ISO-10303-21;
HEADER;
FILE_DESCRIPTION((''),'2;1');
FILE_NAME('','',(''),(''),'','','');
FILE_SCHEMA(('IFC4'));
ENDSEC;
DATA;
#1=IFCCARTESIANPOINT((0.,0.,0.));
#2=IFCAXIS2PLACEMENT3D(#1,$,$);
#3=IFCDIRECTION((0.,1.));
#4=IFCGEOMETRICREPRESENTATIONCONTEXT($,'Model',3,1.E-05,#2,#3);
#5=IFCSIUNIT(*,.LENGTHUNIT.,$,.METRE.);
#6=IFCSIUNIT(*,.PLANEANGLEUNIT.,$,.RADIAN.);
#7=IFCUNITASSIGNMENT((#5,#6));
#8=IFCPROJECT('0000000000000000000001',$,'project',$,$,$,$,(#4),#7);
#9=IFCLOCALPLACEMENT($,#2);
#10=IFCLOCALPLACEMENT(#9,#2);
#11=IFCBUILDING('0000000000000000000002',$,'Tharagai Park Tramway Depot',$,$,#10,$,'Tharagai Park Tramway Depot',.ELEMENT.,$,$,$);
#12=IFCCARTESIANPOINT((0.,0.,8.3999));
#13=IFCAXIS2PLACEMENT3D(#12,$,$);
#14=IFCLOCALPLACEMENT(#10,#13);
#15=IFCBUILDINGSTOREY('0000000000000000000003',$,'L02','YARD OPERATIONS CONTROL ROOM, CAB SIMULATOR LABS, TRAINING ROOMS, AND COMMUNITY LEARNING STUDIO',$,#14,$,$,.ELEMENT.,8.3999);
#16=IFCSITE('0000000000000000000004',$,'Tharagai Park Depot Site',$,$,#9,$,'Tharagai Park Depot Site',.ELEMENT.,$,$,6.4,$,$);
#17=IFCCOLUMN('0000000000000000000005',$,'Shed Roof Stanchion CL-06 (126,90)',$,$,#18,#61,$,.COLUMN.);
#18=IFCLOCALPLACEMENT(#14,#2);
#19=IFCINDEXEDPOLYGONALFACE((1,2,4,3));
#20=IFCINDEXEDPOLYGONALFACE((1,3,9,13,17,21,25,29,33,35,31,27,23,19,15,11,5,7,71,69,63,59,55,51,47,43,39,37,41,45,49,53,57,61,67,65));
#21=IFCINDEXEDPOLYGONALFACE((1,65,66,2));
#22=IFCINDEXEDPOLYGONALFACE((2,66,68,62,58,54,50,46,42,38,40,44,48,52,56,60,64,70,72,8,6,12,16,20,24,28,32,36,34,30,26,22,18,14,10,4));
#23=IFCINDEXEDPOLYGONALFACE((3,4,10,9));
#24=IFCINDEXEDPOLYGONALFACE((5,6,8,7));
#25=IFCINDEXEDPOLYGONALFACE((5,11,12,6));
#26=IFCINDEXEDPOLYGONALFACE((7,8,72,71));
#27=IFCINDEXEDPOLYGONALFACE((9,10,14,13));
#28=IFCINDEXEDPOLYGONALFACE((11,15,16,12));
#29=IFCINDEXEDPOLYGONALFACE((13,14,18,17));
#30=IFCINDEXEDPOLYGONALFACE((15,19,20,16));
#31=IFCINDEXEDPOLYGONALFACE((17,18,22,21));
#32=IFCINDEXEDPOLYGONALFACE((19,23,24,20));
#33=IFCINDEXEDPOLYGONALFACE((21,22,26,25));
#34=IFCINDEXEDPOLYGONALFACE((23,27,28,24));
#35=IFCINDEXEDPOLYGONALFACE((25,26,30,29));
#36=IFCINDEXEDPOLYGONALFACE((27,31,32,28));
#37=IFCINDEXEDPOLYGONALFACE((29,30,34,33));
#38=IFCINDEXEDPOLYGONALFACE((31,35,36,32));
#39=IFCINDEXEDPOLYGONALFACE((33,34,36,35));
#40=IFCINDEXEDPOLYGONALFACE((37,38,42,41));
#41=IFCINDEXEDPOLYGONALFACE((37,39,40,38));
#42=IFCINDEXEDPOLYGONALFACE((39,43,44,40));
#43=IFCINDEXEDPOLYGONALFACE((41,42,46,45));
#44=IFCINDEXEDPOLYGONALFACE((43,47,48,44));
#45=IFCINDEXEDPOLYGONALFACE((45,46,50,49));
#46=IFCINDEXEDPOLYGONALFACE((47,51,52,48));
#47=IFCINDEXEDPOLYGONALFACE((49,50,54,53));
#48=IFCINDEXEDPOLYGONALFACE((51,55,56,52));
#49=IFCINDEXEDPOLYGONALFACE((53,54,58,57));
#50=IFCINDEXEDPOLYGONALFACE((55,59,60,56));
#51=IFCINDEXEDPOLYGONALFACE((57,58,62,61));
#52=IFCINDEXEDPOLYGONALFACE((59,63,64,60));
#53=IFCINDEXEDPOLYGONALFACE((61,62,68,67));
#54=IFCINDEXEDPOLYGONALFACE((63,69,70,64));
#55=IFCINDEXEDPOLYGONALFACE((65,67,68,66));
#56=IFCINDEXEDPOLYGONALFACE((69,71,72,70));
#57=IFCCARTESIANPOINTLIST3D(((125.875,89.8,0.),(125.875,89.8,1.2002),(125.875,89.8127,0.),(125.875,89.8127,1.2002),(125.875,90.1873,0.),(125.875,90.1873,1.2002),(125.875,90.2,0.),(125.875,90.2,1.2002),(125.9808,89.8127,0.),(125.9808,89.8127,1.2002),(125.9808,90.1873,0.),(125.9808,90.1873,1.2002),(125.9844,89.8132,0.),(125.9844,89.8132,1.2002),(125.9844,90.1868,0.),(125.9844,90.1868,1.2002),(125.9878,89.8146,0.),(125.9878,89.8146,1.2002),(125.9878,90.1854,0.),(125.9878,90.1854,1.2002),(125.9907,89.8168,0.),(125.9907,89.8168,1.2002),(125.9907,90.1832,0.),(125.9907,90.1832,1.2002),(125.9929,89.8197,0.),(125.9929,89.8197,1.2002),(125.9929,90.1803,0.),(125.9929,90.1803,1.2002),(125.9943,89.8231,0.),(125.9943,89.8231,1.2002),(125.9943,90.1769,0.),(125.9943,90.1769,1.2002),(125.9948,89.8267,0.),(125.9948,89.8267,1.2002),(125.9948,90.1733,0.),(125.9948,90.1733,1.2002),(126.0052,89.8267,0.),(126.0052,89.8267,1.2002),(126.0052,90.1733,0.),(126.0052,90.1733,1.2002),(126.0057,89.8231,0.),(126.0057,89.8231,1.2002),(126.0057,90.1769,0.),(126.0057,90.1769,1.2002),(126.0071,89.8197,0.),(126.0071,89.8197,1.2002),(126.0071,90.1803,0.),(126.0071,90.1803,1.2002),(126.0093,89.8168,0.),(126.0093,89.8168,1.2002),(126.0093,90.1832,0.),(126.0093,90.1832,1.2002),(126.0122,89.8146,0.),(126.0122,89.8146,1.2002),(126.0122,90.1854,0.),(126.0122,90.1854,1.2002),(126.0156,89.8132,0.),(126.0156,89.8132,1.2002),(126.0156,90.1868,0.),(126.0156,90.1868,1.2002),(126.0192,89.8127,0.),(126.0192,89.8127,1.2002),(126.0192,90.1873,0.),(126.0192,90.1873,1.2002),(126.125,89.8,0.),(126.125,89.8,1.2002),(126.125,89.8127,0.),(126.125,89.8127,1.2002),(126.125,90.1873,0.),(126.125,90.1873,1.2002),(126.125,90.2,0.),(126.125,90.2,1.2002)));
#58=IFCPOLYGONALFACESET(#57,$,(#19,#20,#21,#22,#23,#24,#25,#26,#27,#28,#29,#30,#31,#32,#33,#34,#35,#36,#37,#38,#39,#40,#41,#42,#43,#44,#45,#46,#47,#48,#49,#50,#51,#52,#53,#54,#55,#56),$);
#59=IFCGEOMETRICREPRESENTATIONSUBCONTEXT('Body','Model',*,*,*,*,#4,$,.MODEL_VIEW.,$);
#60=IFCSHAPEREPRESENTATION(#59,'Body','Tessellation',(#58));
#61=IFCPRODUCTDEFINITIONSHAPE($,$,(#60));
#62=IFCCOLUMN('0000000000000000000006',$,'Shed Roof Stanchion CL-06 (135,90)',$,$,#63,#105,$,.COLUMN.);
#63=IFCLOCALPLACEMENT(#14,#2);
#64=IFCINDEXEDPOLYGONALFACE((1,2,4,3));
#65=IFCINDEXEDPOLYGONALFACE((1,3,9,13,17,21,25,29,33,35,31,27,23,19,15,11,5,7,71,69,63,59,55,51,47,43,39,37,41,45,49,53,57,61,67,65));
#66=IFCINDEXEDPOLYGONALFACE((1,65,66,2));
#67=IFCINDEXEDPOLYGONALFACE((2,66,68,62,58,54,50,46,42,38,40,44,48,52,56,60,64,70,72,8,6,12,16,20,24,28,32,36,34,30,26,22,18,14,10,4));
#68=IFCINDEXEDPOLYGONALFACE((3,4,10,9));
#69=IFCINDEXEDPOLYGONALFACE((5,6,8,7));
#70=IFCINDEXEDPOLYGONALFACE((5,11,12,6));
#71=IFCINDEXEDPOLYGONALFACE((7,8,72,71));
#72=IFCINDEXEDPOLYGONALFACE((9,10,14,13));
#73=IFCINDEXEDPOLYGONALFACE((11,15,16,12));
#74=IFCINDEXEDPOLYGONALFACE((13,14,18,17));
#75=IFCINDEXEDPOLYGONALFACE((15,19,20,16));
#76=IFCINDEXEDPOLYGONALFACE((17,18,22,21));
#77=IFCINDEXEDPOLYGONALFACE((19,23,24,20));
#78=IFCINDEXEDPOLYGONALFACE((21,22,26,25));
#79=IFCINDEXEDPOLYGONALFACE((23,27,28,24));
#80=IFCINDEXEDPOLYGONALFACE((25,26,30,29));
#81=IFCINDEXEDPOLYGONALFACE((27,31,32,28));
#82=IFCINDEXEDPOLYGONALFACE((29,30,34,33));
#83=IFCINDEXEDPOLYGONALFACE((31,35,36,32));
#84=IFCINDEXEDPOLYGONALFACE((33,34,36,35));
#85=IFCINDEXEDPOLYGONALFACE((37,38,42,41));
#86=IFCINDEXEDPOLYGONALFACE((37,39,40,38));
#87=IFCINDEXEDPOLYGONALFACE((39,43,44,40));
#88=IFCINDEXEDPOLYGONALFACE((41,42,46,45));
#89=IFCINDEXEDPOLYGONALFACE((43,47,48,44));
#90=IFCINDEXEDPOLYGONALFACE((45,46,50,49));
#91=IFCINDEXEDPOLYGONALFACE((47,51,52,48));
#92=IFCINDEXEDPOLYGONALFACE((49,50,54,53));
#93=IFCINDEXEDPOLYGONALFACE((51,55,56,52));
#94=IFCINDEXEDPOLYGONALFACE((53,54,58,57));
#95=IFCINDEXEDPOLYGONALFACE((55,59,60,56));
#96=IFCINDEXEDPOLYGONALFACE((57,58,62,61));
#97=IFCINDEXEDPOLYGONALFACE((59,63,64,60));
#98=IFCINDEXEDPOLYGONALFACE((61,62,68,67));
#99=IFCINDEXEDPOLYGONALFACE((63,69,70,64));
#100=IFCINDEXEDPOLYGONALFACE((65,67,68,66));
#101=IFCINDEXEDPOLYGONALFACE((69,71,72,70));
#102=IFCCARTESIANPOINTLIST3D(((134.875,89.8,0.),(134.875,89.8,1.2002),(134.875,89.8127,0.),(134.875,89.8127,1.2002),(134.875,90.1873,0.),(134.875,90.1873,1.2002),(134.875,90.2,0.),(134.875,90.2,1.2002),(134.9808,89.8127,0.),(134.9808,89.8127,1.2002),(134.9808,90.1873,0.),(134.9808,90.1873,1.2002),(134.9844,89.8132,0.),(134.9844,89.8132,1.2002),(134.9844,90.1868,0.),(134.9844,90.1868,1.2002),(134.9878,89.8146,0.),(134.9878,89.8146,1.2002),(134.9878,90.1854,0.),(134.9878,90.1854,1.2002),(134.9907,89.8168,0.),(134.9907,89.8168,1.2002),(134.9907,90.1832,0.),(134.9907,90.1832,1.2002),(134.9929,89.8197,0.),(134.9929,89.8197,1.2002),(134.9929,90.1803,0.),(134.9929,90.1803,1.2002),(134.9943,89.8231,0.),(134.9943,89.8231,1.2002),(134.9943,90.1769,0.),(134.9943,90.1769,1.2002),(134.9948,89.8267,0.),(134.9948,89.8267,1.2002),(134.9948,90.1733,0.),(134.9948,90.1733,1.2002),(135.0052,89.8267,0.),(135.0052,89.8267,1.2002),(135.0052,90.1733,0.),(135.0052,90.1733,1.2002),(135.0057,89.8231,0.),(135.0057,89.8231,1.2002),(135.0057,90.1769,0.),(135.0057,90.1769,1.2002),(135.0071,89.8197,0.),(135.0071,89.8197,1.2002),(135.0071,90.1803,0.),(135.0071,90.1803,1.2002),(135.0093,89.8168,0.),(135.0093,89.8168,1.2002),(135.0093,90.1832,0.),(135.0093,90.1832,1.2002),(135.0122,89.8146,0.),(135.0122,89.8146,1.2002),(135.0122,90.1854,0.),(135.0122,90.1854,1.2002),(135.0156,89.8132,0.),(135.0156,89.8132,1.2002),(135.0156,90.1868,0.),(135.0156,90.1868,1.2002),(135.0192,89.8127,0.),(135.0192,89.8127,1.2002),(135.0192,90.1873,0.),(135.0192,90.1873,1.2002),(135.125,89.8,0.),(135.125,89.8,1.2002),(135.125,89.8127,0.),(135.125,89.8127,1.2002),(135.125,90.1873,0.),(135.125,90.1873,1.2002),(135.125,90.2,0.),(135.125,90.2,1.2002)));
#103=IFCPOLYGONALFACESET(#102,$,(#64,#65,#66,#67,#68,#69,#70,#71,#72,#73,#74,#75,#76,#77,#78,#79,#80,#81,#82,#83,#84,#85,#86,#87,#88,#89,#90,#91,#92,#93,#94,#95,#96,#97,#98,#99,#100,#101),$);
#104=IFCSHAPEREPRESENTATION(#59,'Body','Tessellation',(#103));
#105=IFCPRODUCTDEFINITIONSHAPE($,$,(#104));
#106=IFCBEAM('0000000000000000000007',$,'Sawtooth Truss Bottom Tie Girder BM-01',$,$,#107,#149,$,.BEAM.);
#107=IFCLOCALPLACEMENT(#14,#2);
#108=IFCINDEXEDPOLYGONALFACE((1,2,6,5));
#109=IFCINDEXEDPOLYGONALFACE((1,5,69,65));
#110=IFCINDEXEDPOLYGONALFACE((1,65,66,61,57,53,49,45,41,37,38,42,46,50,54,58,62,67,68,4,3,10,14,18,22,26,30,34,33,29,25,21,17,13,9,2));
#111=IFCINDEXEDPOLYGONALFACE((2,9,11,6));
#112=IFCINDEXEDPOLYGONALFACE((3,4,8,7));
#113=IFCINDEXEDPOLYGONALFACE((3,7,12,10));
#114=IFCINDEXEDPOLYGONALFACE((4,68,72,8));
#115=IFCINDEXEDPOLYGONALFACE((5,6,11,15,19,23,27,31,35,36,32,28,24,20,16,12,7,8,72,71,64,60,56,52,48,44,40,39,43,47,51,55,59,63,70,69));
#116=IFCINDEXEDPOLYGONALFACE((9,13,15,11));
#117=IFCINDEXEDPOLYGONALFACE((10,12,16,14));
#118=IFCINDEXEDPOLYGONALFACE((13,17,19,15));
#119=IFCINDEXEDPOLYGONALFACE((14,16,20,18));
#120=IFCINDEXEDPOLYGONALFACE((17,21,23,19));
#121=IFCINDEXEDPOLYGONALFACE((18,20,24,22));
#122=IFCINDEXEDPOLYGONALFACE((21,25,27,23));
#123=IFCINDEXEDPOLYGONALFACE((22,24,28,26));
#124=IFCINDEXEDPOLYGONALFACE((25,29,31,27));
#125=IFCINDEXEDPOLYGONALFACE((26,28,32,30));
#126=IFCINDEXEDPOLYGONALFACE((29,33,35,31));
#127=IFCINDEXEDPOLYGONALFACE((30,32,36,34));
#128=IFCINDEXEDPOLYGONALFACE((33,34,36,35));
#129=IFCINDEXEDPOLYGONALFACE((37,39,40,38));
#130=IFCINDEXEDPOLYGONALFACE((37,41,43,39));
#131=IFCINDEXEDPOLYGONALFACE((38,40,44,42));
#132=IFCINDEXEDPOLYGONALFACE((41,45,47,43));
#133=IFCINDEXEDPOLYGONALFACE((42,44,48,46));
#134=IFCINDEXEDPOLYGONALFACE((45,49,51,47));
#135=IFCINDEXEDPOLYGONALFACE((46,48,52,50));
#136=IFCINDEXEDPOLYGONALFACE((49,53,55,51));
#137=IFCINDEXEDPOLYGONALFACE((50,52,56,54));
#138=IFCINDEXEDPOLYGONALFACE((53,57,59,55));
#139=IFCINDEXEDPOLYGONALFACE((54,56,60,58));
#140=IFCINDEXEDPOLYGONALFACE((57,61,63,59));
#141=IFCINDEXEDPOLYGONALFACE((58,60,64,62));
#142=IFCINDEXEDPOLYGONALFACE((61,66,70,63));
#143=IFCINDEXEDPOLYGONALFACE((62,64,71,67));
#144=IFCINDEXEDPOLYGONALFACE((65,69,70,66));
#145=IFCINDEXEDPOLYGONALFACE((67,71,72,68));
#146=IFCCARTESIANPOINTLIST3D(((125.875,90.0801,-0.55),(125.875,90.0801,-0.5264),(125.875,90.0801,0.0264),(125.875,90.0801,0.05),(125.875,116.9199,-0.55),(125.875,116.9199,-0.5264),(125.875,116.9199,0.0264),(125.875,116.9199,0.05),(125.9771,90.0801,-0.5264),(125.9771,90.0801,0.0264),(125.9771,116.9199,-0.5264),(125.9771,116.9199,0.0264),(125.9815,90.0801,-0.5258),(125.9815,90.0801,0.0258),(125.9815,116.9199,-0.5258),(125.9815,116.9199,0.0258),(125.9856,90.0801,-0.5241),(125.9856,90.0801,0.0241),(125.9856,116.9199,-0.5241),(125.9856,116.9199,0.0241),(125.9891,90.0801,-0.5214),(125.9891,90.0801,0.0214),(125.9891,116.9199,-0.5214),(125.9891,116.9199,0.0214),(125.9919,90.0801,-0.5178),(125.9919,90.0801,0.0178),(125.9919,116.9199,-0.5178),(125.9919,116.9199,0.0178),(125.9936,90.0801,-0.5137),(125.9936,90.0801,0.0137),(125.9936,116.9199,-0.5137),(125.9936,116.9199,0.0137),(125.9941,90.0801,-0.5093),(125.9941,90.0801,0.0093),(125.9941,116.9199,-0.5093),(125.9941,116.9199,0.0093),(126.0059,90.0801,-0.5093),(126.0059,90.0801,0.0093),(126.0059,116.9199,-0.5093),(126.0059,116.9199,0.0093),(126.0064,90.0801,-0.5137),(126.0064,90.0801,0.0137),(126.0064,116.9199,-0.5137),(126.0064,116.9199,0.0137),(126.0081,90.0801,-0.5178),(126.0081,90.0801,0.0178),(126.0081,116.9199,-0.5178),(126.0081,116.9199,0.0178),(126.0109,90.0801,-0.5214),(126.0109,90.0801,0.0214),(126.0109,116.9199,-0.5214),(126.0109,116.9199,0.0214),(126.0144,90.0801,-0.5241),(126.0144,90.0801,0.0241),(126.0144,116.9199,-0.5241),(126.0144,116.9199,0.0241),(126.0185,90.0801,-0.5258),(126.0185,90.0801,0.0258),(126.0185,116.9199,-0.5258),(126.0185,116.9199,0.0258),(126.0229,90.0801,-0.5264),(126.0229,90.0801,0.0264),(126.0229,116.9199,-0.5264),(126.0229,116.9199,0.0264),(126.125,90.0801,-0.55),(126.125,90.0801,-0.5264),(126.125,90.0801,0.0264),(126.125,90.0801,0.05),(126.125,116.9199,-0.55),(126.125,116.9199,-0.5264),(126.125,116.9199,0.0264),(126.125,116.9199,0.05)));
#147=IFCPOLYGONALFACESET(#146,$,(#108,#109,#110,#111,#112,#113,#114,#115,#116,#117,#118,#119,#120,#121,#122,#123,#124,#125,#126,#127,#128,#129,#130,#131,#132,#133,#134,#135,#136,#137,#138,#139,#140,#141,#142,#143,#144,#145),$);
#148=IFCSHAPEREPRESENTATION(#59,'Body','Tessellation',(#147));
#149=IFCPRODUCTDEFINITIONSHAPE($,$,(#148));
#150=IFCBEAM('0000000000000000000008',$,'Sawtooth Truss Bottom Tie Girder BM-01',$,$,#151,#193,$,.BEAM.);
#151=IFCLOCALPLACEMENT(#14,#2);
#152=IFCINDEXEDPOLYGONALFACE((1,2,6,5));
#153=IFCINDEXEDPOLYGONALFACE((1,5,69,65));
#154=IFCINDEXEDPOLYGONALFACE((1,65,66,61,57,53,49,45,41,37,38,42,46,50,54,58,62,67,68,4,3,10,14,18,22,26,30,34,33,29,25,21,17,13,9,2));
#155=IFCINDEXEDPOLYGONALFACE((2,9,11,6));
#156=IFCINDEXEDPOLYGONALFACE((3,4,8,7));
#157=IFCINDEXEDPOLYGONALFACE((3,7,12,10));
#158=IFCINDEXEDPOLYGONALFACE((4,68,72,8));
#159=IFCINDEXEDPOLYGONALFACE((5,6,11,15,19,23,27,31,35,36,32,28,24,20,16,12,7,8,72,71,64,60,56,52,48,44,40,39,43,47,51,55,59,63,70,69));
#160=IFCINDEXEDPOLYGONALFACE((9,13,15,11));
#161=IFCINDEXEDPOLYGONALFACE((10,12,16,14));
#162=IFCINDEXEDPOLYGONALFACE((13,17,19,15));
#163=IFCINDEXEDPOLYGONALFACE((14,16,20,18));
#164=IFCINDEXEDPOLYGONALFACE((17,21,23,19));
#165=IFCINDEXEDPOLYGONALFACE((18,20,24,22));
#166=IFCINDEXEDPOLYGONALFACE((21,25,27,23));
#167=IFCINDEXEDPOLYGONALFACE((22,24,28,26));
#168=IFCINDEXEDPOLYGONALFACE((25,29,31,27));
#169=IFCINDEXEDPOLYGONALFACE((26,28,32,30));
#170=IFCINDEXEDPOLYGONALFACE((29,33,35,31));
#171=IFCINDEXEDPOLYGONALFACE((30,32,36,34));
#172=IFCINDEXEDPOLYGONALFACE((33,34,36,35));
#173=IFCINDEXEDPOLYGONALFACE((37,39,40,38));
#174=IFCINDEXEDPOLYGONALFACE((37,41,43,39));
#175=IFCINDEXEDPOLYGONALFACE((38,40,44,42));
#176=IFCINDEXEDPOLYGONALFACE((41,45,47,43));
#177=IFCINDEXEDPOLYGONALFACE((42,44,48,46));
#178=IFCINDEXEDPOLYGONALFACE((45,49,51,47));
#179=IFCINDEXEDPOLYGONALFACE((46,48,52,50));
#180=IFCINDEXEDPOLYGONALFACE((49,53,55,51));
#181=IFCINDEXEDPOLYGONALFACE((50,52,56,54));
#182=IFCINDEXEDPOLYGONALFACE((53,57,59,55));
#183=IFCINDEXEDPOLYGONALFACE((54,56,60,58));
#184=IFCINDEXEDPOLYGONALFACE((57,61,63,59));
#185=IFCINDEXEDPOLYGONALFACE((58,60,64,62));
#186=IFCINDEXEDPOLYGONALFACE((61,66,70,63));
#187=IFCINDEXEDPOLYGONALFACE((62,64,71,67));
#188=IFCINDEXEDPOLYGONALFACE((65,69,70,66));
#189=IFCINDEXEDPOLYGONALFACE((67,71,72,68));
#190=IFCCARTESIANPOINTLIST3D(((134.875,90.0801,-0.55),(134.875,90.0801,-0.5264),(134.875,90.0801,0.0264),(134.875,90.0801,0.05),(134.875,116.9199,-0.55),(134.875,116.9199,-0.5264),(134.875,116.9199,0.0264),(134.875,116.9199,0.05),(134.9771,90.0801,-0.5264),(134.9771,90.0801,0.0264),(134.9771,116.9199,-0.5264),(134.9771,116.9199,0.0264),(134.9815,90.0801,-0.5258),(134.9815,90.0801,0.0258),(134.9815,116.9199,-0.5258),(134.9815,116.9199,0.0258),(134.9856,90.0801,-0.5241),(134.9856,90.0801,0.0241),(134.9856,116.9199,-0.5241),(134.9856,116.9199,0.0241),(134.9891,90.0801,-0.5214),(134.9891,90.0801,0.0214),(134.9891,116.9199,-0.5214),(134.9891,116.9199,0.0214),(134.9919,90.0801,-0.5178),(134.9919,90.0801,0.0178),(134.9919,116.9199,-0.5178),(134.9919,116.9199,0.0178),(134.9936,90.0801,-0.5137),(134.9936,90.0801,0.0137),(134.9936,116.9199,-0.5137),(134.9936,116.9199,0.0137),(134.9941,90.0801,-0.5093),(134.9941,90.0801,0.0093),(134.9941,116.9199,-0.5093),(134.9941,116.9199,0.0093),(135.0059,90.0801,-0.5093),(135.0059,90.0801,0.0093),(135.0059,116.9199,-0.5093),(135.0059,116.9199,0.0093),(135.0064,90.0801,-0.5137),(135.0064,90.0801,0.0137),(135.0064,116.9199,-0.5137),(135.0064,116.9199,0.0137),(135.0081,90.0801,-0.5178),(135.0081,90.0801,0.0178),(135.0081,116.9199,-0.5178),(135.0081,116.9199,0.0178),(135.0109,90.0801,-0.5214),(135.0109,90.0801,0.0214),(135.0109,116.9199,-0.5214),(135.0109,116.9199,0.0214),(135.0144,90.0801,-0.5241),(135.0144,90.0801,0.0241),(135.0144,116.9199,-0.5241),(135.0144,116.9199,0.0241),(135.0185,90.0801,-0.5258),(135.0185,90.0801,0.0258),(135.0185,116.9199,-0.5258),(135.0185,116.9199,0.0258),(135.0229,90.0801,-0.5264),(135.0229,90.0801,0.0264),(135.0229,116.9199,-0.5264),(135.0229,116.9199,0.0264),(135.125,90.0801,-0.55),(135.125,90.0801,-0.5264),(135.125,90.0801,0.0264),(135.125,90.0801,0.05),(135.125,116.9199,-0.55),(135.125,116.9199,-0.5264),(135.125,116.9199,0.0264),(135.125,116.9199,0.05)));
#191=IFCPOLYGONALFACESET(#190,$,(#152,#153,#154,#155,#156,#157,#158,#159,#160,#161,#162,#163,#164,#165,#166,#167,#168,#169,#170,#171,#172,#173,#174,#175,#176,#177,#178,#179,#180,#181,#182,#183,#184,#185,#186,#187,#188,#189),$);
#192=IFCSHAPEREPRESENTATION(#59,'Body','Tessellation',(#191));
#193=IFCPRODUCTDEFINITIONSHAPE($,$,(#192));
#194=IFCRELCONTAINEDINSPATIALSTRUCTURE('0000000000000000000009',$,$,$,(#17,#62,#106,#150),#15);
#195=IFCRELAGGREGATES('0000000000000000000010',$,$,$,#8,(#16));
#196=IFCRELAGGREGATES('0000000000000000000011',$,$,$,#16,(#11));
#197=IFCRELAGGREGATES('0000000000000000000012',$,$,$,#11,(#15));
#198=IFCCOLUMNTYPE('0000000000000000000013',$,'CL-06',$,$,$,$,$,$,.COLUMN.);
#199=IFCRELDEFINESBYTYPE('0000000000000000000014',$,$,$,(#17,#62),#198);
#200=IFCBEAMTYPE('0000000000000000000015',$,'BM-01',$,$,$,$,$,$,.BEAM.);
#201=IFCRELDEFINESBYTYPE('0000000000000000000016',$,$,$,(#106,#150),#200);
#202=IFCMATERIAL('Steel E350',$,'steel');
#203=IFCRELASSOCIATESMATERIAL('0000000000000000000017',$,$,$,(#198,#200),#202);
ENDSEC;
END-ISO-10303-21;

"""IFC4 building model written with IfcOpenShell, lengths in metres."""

from ifc_helpers import new_model, si_unit, direction, frame, origin, origin_2d, place, context, subcontext, project, spatial, i_section, extrude, material, material_profile, profile_set, type_object, element, save


model = new_model("IFC4")

# Units and contexts
model_context = context("Model", 3, precision=1e-05, world=origin(), true_north=direction((0.0, 1.0)))
body_context = subcontext(model_context, "Body", "Model", "MODEL_VIEW")
ifc_project = project(units=[si_unit("LENGTHUNIT", "METRE"), si_unit("PLANEANGLEUNIT", "RADIAN")], contexts=[model_context])

# Site, building, storey
site_placement = place(None, origin())
site = spatial("IfcSite", under=ifc_project, at=site_placement, Name="Tharagai Park Depot Site", LongName="Tharagai Park Depot Site", CompositionType="ELEMENT", RefElevation=6.4)
building_placement = place(site_placement, origin())
building = spatial("IfcBuilding", under=site, at=building_placement, Name="Tharagai Park Tramway Depot", LongName="Tharagai Park Tramway Depot", CompositionType="ELEMENT")
storey_placement = place(building_placement, frame((0.0, 0.0, 8.3999)))
storey = spatial("IfcBuildingStorey", under=building, at=storey_placement, Name="L02", Description="YARD OPERATIONS CONTROL ROOM, CAB SIMULATOR LABS, TRAINING ROOMS, AND COMMUNITY LEARNING STUDIO", CompositionType="ELEMENT", Elevation=8.3999)

# Columns
ifc_material_1 = material(Name="Steel E350", Category="steel")
ifc_material_profile_1 = material_profile(ifc_material_1, i_section(OverallWidth=0.25, OverallDepth=0.3999, WebThickness=0.0105, FlangeThickness=0.0127, FilletRadius=0.0139, at=origin_2d()), Name="ISHB 400")
ifc_profile_set_1 = profile_set([ifc_material_profile_1], Name="Steel E350")
column_type = type_object("IfcColumnType", Name="CL-06", PredefinedType="COLUMN", material=ifc_profile_set_1)
for number, where, z_axis, x_axis, name in (
    (1, (126.0, 90.0, 0.0), (0.0, 0.0, 1.0), (1.0, 0.0, 0.0), "Shed Roof Stanchion CL-06 (126,90)"),
    (2, (135.0, 90.0, 0.0), (0.0, 0.0, 1.0), (1.0, 0.0, 0.0), "Shed Roof Stanchion CL-06 (135,90)"),
):
    element("IfcColumn", number, at=place(storey_placement, frame(where, z_axis=z_axis, x_axis=x_axis)), inside=storey, type_object=column_type, Name=name, PredefinedType="COLUMN", context=body_context, shape_type="SweptSolid", body=[
        extrude(i_section(OverallWidth=0.25, OverallDepth=0.3999, WebThickness=0.0105, FlangeThickness=0.0127, FilletRadius=0.0139, at=origin_2d()), origin(), (0.0, 0.0, 1.0), 1.2002),
    ])

# Beams
ifc_material_profile_2 = material_profile(ifc_material_1, i_section(OverallWidth=0.25, OverallDepth=0.6001, WebThickness=0.0117, FlangeThickness=0.0237, FilletRadius=0.0171, at=origin_2d()), Name="ISWB 600")
ifc_profile_set_2 = profile_set([ifc_material_profile_2], Name="Steel E350")
beam_type_1 = type_object("IfcBeamType", Name="BM-01", PredefinedType="BEAM", material=ifc_profile_set_2)
for number, where, z_axis, x_axis, name in (
    (3, (126.0, 90.0801, -0.25), (0.0, 1.0, 0.0), (-1.0, 0.0, 0.0), "Sawtooth Truss Bottom Tie Girder BM-01"),
    (4, (135.0, 90.0801, -0.25), (0.0, 1.0, 0.0), (-1.0, 0.0, 0.0), "Sawtooth Truss Bottom Tie Girder BM-01"),
):
    element("IfcBeam", number, at=place(storey_placement, frame(where, z_axis=z_axis, x_axis=x_axis)), inside=storey, type_object=beam_type_1, Name=name, PredefinedType="BEAM", context=body_context, shape_type="SweptSolid", body=[
        extrude(i_section(OverallWidth=0.25, OverallDepth=0.6001, WebThickness=0.0117, FlangeThickness=0.0237, FilletRadius=0.0171, at=origin_2d()), origin(), (0.0, 0.0, 1.0), 26.8398),
    ])

save(model, "model.ifc")
